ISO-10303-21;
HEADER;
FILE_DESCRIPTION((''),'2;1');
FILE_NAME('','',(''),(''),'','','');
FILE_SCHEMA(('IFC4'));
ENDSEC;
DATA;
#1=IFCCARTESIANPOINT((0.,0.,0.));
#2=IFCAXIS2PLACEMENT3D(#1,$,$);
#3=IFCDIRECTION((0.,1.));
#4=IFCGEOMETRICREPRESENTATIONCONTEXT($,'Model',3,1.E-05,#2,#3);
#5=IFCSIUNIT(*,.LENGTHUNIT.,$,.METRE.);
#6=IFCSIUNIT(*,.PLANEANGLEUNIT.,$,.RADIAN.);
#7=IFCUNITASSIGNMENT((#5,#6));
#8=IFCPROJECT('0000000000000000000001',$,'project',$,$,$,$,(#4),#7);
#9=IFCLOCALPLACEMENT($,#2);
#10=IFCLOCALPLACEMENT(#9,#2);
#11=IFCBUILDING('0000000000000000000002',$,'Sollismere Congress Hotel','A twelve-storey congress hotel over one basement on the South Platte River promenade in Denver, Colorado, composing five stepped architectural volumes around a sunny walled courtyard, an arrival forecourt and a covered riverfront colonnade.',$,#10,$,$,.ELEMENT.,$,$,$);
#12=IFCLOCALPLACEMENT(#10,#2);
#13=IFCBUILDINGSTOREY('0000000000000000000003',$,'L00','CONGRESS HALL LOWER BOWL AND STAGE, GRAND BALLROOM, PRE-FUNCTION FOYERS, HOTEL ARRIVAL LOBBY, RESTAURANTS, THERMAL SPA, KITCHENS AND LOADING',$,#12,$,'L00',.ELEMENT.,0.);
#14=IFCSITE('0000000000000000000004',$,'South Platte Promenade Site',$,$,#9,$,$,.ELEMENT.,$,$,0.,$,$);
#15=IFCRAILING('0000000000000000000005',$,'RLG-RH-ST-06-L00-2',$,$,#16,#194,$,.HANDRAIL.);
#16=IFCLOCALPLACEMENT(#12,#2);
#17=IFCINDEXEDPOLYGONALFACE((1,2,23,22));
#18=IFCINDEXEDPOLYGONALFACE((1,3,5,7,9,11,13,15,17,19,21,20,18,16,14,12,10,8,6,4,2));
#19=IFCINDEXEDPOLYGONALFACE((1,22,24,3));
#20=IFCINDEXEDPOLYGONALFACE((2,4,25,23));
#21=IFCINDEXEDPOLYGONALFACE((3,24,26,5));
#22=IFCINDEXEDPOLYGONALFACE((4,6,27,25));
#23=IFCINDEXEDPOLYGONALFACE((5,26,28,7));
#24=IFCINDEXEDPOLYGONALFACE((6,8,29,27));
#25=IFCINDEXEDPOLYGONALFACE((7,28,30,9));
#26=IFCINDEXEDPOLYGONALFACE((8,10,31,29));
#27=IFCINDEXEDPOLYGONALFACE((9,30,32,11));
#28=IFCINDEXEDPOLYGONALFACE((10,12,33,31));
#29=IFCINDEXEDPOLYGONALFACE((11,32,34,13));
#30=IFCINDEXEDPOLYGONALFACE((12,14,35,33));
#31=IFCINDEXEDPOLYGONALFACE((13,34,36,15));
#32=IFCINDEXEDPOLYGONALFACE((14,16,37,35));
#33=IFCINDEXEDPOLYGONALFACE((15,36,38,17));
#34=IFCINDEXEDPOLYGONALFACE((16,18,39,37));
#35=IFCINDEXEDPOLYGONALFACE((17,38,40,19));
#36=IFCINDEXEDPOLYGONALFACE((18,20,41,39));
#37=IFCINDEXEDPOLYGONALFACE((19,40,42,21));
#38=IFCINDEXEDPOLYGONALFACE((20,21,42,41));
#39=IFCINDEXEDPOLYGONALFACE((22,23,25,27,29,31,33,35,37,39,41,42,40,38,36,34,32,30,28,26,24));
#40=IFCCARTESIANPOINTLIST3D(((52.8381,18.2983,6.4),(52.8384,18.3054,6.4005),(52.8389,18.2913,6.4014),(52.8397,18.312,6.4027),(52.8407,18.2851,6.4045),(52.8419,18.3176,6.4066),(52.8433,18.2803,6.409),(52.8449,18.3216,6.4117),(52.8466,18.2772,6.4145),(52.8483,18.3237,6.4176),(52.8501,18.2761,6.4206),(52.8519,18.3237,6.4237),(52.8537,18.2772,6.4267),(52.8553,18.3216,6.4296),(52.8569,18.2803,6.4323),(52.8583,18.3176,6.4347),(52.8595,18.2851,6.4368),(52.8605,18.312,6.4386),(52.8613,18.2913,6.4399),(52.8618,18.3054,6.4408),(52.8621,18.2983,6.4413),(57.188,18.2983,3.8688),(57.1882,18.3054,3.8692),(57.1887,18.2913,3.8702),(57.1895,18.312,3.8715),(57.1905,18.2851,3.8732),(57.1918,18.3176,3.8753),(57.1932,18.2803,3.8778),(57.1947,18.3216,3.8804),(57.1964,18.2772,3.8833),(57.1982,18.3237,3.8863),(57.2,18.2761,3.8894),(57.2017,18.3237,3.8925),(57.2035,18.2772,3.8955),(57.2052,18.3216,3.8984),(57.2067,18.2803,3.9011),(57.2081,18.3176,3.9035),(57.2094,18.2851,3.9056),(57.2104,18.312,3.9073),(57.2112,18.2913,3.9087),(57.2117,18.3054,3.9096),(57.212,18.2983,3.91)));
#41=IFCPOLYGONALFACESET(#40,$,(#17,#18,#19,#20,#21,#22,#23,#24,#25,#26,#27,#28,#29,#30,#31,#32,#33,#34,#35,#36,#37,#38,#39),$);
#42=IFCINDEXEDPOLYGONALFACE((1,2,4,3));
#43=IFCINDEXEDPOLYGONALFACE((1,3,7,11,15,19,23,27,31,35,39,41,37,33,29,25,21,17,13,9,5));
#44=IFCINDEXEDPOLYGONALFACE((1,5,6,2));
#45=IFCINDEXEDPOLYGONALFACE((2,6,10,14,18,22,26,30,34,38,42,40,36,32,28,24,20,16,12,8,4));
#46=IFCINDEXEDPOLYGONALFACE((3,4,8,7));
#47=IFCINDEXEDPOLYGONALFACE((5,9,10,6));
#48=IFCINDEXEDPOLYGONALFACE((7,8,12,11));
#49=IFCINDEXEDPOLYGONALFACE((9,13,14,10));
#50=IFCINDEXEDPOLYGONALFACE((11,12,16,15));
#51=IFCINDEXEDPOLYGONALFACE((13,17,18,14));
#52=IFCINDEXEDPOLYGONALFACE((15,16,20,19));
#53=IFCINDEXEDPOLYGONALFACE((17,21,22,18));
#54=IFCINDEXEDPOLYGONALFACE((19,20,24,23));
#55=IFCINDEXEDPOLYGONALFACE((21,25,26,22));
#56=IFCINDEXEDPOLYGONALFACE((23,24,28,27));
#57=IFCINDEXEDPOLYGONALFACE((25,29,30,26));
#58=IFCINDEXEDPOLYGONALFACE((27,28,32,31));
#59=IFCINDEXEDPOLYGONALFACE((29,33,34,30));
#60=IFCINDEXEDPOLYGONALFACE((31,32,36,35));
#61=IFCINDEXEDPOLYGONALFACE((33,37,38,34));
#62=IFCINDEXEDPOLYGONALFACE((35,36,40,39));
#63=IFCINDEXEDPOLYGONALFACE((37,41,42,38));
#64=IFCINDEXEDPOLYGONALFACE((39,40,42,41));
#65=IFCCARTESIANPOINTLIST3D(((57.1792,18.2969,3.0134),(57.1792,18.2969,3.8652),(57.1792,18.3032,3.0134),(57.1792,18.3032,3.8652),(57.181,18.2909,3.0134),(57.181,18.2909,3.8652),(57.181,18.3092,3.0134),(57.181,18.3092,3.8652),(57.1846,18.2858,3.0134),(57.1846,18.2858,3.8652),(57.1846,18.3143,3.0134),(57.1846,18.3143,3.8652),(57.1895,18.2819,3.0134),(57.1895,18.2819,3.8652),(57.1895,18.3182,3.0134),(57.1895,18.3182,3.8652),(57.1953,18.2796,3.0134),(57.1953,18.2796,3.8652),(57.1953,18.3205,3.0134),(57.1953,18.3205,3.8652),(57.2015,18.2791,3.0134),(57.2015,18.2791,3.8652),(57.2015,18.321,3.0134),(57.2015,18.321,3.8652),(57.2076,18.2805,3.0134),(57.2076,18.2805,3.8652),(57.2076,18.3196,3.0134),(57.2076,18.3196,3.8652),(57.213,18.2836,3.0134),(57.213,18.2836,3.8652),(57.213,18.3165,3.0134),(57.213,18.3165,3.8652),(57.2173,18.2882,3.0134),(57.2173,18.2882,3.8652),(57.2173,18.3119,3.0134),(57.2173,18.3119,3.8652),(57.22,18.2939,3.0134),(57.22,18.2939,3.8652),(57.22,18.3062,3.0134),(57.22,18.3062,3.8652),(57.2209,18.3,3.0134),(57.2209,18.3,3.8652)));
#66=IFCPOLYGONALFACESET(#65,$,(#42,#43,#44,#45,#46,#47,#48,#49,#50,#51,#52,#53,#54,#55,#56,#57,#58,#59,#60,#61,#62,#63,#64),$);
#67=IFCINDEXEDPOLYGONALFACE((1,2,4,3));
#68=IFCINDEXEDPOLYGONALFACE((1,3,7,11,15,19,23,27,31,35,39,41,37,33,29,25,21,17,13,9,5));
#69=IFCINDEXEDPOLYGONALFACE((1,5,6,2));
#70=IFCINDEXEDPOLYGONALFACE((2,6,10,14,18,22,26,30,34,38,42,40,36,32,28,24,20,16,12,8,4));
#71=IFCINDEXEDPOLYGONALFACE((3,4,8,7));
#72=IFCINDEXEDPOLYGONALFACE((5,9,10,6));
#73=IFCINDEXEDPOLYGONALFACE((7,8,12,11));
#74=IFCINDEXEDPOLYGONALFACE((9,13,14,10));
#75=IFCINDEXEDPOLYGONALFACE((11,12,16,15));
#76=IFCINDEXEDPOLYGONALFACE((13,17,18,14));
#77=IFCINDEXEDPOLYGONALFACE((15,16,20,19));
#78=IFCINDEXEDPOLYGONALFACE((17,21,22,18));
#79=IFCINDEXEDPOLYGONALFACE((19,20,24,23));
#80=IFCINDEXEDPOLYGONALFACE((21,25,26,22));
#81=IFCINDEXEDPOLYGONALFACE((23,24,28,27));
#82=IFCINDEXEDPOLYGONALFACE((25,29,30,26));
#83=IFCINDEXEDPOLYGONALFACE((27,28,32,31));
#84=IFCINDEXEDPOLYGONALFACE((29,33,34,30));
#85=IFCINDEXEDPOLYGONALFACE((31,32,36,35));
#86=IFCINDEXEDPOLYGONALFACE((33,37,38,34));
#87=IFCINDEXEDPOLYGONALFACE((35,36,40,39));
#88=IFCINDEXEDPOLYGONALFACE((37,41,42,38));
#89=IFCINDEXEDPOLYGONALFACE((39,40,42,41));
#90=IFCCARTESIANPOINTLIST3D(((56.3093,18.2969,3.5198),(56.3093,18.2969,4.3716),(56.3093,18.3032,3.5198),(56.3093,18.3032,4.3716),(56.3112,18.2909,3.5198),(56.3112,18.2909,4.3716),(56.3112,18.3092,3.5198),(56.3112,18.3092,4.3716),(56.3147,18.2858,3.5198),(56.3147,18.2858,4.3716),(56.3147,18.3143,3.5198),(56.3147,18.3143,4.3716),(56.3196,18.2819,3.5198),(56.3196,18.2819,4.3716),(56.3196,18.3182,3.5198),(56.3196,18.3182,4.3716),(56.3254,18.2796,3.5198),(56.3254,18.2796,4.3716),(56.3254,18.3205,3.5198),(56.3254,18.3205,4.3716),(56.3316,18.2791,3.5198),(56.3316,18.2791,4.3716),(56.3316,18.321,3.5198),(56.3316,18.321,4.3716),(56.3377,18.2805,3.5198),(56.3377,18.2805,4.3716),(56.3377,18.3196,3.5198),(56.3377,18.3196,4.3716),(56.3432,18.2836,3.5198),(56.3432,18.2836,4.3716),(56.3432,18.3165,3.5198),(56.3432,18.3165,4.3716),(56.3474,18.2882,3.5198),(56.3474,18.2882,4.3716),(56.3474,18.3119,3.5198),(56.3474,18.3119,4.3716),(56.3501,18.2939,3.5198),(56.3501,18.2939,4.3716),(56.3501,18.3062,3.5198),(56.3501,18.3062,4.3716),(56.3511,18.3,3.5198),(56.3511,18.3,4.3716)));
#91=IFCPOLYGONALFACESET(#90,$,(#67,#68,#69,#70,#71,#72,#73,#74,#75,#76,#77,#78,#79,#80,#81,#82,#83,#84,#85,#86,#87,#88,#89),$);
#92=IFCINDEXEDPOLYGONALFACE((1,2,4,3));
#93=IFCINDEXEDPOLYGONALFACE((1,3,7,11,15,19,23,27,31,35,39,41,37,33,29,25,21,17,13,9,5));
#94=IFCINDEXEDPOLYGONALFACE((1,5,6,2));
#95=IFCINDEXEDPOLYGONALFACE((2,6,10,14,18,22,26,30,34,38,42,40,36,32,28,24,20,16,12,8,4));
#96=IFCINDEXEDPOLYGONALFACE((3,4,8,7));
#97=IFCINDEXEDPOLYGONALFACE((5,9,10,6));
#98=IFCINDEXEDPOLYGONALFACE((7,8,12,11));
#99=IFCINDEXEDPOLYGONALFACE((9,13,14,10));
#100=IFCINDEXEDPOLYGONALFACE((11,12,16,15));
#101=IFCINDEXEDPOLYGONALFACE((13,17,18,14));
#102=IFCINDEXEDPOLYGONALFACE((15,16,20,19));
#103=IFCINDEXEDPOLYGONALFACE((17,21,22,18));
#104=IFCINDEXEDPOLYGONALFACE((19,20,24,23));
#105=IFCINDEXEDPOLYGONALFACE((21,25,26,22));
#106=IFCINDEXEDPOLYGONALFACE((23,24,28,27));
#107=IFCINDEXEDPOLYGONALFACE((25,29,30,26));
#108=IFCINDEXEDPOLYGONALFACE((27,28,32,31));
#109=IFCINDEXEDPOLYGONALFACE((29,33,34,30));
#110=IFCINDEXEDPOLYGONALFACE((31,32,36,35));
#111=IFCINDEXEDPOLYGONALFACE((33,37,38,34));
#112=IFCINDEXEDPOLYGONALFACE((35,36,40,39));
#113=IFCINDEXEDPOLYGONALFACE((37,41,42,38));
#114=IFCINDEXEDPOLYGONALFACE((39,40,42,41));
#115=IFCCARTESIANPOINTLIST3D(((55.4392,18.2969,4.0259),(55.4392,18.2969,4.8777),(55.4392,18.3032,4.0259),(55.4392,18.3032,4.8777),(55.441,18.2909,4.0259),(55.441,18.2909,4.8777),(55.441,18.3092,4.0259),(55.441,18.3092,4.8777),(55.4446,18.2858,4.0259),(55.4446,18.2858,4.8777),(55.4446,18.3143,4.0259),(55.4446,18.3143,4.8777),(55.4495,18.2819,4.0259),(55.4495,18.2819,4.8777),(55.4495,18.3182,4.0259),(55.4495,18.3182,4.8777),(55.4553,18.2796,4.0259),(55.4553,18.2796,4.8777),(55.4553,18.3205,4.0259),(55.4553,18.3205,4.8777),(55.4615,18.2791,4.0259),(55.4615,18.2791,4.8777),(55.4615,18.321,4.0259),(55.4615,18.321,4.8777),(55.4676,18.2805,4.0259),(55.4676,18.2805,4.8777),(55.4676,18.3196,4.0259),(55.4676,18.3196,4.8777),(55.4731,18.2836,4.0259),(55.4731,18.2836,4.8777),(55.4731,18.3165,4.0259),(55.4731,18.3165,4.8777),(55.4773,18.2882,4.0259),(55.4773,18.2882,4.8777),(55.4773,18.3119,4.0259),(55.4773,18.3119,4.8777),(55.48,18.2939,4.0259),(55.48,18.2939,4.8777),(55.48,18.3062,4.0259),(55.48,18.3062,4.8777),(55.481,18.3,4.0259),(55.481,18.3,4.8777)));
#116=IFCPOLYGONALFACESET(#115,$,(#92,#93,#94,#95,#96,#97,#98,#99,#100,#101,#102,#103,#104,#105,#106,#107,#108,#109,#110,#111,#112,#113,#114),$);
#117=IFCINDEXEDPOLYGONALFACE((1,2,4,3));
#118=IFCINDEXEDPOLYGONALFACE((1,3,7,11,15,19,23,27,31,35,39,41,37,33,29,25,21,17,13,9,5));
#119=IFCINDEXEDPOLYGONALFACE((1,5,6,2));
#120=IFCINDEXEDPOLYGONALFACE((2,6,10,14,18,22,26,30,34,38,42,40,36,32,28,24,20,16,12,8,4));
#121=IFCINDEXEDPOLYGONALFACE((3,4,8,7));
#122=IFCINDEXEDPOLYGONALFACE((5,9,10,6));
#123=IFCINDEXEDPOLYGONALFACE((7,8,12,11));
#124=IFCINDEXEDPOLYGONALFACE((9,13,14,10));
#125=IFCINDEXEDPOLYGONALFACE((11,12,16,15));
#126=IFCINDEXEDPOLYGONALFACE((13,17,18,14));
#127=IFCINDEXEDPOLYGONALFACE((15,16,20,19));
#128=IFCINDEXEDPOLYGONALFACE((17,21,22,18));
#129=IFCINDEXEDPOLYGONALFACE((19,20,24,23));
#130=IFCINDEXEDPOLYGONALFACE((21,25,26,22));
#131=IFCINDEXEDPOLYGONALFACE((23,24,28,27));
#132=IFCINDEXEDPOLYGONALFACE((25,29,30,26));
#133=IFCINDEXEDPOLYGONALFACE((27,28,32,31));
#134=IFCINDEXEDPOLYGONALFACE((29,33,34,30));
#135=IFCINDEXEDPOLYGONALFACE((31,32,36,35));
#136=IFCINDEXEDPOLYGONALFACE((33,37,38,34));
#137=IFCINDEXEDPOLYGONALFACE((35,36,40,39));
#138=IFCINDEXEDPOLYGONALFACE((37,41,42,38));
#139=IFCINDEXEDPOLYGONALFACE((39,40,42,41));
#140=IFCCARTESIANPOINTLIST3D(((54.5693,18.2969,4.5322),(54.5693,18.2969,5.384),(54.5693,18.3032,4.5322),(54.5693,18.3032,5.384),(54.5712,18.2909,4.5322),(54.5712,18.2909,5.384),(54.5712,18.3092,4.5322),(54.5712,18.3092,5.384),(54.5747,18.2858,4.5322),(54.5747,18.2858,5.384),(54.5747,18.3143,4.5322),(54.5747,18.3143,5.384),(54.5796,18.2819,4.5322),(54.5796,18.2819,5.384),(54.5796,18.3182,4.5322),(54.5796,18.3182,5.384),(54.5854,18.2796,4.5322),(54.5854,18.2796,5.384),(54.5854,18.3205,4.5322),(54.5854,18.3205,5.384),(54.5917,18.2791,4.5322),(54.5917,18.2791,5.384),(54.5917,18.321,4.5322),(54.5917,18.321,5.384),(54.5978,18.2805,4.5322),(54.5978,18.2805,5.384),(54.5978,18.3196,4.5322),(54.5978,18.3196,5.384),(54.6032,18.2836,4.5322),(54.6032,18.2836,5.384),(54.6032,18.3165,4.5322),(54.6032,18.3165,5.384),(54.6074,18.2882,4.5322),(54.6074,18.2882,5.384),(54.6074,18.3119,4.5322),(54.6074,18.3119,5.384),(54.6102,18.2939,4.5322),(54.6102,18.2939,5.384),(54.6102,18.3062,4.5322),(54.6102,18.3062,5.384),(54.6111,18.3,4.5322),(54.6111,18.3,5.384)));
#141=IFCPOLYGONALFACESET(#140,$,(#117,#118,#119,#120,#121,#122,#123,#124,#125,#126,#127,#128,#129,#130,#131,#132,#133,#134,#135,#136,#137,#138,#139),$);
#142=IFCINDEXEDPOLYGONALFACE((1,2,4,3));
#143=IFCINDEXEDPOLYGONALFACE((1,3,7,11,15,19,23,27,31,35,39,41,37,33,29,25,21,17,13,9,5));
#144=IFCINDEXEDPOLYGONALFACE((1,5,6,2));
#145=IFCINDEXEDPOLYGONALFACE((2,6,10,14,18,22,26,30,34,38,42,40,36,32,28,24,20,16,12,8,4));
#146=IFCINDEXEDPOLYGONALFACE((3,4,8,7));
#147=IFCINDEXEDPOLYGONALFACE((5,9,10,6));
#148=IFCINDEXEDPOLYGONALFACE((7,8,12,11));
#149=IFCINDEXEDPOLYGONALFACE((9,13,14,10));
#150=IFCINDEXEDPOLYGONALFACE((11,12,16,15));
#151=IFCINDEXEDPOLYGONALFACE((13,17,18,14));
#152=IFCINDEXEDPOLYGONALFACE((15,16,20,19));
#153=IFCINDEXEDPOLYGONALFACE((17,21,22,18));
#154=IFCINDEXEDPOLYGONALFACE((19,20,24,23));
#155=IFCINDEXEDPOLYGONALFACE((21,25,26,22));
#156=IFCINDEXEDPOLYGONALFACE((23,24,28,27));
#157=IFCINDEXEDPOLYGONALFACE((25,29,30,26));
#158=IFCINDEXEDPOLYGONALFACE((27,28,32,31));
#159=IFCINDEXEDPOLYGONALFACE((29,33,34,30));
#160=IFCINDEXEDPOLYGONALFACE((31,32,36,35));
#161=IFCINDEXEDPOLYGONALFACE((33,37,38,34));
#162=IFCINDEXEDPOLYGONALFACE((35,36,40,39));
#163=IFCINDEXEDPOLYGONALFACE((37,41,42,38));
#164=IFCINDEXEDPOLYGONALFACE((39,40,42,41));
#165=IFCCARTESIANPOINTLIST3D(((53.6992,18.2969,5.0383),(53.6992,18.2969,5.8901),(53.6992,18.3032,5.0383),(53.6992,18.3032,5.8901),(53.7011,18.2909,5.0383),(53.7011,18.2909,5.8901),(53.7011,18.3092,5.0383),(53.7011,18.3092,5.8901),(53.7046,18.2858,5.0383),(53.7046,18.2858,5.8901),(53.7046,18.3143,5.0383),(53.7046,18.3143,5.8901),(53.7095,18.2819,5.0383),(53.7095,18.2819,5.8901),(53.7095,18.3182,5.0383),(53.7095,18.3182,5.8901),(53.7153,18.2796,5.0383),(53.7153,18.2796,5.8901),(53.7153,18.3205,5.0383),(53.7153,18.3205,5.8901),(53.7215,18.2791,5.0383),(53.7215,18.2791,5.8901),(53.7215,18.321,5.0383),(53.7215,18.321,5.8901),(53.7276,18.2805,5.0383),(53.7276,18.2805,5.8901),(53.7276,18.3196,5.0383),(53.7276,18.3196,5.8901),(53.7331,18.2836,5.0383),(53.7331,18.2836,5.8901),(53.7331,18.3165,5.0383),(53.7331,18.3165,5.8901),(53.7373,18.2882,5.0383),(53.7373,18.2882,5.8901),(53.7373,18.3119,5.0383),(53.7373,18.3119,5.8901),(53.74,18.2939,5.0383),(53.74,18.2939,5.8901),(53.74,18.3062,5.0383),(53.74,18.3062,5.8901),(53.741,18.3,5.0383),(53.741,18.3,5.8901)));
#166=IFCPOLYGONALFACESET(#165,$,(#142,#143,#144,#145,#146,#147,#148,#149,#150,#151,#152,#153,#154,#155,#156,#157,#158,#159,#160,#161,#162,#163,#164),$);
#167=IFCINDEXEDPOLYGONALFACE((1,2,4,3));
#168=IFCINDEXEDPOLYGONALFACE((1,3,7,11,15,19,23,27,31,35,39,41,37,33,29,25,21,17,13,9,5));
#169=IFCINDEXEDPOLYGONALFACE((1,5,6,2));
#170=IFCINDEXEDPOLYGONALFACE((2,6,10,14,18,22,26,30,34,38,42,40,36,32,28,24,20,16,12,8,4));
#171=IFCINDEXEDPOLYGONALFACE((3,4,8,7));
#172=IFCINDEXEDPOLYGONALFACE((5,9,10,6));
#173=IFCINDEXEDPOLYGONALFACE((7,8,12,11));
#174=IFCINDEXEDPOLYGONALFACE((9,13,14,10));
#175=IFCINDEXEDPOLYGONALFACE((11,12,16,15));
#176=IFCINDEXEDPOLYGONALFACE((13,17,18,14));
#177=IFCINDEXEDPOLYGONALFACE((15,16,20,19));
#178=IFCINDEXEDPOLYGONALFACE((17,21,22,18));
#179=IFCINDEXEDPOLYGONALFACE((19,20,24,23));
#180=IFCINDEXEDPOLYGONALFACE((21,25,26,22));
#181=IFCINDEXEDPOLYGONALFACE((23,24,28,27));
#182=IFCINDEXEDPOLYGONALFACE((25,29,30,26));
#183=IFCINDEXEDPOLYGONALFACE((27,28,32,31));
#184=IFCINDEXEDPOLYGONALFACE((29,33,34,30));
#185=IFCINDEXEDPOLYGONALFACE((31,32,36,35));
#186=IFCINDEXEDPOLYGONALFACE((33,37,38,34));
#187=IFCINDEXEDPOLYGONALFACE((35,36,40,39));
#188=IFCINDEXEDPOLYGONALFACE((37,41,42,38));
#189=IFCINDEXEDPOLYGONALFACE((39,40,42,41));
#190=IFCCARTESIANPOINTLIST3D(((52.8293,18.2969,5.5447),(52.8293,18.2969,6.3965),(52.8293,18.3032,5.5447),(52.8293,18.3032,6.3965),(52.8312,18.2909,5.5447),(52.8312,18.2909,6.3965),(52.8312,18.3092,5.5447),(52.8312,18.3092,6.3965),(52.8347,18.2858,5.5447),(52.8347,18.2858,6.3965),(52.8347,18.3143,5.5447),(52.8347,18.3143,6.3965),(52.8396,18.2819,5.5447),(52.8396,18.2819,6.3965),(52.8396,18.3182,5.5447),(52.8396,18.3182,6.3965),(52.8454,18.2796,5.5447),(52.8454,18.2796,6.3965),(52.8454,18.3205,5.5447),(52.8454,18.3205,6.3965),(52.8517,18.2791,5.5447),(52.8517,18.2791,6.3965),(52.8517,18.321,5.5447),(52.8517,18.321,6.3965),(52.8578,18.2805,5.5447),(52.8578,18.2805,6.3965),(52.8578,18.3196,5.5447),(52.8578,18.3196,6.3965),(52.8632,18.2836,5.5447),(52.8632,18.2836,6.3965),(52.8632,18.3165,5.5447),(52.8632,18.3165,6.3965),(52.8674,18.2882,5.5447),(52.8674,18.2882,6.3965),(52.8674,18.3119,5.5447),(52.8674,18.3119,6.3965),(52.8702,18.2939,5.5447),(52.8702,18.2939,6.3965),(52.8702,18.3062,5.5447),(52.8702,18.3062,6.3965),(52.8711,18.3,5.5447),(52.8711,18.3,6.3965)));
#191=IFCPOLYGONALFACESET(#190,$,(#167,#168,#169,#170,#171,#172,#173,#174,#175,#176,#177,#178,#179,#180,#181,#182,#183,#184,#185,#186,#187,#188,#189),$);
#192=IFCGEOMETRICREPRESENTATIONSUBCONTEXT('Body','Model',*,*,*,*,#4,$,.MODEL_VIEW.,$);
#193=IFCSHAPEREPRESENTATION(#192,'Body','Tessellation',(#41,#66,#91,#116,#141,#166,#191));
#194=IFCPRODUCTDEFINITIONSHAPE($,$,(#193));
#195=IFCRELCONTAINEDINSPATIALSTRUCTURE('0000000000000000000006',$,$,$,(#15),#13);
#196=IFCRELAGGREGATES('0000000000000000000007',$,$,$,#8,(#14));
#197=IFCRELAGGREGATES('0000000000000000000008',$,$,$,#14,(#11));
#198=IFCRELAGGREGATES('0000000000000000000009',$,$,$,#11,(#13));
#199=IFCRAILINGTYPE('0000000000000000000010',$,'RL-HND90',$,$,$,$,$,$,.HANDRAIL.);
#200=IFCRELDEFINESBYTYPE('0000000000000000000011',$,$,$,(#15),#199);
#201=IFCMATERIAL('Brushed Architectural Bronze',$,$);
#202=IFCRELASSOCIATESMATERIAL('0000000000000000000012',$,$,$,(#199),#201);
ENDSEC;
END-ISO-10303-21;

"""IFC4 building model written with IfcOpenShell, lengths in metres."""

from ifc_helpers import new_model, si_unit, direction, frame, origin, origin_2d, place, context, subcontext, project, spatial, circle, extrude, material, type_object, element, save


model = new_model("IFC4")

# Units and contexts
model_context = context("Model", 3, precision=1e-05, world=origin(), true_north=direction((0.0, 1.0)))
body_context = subcontext(model_context, "Body", "Model", "MODEL_VIEW")
ifc_project = project(units=[si_unit("LENGTHUNIT", "METRE"), si_unit("PLANEANGLEUNIT", "RADIAN")], contexts=[model_context])

# Site, building, storey
site_placement = place(None, origin())
site = spatial("IfcSite", under=ifc_project, at=site_placement, Name="South Platte Promenade Site", CompositionType="ELEMENT", RefElevation=0.0)
building_placement = place(site_placement, origin())
building = spatial("IfcBuilding", under=site, at=building_placement, Name="Sollismere Congress Hotel", Description="A twelve-storey congress hotel over one basement on the South Platte River promenade in Denver, Colorado, composing five stepped architectural volumes around a sunny walled courtyard, an arrival forecourt and a covered riverfront colonnade.", CompositionType="ELEMENT")
storey_placement = place(building_placement, origin())
storey = spatial("IfcBuildingStorey", under=building, at=storey_placement, Name="L00", Description="CONGRESS HALL LOWER BOWL AND STAGE, GRAND BALLROOM, PRE-FUNCTION FOYERS, HOTEL ARRIVAL LOBBY, RESTAURANTS, THERMAL SPA, KITCHENS AND LOADING", LongName="L00", CompositionType="ELEMENT", Elevation=0.0)

# Railing
ifc_material_1 = material(Name="Brushed Architectural Bronze")
railing_type = type_object("IfcRailingType", Name="RL-HND90", PredefinedType="HANDRAIL", material=ifc_material_1)
railing_placement = place(storey_placement, frame((57.2, 18.3, 3.0134)))
element("IfcRailing", 1, at=railing_placement, inside=storey, type_object=railing_type, Name="RLG-RH-ST-06-L00-2", PredefinedType="HANDRAIL", context=body_context, shape_type="SweptSolid", body=[
    extrude(circle(Radius=0.0239, at=origin_2d()), frame((0.0, 0.0, 0.876), z_axis=(-0.864312, 0.0, 0.502957), x_axis=(0.0, -1.0, 0.0)), (0.0, 0.0, 1.0), 5.0327),
    extrude(circle(Radius=0.021, at=origin_2d()), origin(), (0.0, 0.0, 1.0), 0.8518),
    extrude(circle(Radius=0.021, at=origin_2d()), frame((-0.8699, 0.0, 0.5063)), (0.0, 0.0, 1.0), 0.8518),
    extrude(circle(Radius=0.021, at=origin_2d()), frame((-1.74, 0.0, 1.0125)), (0.0, 0.0, 1.0), 0.8518),
    extrude(circle(Radius=0.021, at=origin_2d()), frame((-2.6099, 0.0, 1.5188)), (0.0, 0.0, 1.0), 0.8518),
    extrude(circle(Radius=0.021, at=origin_2d()), frame((-3.48, 0.0, 2.0249)), (0.0, 0.0, 1.0), 0.8518),
    extrude(circle(Radius=0.021, at=origin_2d()), frame((-4.3499, 0.0, 2.5312)), (0.0, 0.0, 1.0), 0.8518),
])

save(model, "model.ifc")
